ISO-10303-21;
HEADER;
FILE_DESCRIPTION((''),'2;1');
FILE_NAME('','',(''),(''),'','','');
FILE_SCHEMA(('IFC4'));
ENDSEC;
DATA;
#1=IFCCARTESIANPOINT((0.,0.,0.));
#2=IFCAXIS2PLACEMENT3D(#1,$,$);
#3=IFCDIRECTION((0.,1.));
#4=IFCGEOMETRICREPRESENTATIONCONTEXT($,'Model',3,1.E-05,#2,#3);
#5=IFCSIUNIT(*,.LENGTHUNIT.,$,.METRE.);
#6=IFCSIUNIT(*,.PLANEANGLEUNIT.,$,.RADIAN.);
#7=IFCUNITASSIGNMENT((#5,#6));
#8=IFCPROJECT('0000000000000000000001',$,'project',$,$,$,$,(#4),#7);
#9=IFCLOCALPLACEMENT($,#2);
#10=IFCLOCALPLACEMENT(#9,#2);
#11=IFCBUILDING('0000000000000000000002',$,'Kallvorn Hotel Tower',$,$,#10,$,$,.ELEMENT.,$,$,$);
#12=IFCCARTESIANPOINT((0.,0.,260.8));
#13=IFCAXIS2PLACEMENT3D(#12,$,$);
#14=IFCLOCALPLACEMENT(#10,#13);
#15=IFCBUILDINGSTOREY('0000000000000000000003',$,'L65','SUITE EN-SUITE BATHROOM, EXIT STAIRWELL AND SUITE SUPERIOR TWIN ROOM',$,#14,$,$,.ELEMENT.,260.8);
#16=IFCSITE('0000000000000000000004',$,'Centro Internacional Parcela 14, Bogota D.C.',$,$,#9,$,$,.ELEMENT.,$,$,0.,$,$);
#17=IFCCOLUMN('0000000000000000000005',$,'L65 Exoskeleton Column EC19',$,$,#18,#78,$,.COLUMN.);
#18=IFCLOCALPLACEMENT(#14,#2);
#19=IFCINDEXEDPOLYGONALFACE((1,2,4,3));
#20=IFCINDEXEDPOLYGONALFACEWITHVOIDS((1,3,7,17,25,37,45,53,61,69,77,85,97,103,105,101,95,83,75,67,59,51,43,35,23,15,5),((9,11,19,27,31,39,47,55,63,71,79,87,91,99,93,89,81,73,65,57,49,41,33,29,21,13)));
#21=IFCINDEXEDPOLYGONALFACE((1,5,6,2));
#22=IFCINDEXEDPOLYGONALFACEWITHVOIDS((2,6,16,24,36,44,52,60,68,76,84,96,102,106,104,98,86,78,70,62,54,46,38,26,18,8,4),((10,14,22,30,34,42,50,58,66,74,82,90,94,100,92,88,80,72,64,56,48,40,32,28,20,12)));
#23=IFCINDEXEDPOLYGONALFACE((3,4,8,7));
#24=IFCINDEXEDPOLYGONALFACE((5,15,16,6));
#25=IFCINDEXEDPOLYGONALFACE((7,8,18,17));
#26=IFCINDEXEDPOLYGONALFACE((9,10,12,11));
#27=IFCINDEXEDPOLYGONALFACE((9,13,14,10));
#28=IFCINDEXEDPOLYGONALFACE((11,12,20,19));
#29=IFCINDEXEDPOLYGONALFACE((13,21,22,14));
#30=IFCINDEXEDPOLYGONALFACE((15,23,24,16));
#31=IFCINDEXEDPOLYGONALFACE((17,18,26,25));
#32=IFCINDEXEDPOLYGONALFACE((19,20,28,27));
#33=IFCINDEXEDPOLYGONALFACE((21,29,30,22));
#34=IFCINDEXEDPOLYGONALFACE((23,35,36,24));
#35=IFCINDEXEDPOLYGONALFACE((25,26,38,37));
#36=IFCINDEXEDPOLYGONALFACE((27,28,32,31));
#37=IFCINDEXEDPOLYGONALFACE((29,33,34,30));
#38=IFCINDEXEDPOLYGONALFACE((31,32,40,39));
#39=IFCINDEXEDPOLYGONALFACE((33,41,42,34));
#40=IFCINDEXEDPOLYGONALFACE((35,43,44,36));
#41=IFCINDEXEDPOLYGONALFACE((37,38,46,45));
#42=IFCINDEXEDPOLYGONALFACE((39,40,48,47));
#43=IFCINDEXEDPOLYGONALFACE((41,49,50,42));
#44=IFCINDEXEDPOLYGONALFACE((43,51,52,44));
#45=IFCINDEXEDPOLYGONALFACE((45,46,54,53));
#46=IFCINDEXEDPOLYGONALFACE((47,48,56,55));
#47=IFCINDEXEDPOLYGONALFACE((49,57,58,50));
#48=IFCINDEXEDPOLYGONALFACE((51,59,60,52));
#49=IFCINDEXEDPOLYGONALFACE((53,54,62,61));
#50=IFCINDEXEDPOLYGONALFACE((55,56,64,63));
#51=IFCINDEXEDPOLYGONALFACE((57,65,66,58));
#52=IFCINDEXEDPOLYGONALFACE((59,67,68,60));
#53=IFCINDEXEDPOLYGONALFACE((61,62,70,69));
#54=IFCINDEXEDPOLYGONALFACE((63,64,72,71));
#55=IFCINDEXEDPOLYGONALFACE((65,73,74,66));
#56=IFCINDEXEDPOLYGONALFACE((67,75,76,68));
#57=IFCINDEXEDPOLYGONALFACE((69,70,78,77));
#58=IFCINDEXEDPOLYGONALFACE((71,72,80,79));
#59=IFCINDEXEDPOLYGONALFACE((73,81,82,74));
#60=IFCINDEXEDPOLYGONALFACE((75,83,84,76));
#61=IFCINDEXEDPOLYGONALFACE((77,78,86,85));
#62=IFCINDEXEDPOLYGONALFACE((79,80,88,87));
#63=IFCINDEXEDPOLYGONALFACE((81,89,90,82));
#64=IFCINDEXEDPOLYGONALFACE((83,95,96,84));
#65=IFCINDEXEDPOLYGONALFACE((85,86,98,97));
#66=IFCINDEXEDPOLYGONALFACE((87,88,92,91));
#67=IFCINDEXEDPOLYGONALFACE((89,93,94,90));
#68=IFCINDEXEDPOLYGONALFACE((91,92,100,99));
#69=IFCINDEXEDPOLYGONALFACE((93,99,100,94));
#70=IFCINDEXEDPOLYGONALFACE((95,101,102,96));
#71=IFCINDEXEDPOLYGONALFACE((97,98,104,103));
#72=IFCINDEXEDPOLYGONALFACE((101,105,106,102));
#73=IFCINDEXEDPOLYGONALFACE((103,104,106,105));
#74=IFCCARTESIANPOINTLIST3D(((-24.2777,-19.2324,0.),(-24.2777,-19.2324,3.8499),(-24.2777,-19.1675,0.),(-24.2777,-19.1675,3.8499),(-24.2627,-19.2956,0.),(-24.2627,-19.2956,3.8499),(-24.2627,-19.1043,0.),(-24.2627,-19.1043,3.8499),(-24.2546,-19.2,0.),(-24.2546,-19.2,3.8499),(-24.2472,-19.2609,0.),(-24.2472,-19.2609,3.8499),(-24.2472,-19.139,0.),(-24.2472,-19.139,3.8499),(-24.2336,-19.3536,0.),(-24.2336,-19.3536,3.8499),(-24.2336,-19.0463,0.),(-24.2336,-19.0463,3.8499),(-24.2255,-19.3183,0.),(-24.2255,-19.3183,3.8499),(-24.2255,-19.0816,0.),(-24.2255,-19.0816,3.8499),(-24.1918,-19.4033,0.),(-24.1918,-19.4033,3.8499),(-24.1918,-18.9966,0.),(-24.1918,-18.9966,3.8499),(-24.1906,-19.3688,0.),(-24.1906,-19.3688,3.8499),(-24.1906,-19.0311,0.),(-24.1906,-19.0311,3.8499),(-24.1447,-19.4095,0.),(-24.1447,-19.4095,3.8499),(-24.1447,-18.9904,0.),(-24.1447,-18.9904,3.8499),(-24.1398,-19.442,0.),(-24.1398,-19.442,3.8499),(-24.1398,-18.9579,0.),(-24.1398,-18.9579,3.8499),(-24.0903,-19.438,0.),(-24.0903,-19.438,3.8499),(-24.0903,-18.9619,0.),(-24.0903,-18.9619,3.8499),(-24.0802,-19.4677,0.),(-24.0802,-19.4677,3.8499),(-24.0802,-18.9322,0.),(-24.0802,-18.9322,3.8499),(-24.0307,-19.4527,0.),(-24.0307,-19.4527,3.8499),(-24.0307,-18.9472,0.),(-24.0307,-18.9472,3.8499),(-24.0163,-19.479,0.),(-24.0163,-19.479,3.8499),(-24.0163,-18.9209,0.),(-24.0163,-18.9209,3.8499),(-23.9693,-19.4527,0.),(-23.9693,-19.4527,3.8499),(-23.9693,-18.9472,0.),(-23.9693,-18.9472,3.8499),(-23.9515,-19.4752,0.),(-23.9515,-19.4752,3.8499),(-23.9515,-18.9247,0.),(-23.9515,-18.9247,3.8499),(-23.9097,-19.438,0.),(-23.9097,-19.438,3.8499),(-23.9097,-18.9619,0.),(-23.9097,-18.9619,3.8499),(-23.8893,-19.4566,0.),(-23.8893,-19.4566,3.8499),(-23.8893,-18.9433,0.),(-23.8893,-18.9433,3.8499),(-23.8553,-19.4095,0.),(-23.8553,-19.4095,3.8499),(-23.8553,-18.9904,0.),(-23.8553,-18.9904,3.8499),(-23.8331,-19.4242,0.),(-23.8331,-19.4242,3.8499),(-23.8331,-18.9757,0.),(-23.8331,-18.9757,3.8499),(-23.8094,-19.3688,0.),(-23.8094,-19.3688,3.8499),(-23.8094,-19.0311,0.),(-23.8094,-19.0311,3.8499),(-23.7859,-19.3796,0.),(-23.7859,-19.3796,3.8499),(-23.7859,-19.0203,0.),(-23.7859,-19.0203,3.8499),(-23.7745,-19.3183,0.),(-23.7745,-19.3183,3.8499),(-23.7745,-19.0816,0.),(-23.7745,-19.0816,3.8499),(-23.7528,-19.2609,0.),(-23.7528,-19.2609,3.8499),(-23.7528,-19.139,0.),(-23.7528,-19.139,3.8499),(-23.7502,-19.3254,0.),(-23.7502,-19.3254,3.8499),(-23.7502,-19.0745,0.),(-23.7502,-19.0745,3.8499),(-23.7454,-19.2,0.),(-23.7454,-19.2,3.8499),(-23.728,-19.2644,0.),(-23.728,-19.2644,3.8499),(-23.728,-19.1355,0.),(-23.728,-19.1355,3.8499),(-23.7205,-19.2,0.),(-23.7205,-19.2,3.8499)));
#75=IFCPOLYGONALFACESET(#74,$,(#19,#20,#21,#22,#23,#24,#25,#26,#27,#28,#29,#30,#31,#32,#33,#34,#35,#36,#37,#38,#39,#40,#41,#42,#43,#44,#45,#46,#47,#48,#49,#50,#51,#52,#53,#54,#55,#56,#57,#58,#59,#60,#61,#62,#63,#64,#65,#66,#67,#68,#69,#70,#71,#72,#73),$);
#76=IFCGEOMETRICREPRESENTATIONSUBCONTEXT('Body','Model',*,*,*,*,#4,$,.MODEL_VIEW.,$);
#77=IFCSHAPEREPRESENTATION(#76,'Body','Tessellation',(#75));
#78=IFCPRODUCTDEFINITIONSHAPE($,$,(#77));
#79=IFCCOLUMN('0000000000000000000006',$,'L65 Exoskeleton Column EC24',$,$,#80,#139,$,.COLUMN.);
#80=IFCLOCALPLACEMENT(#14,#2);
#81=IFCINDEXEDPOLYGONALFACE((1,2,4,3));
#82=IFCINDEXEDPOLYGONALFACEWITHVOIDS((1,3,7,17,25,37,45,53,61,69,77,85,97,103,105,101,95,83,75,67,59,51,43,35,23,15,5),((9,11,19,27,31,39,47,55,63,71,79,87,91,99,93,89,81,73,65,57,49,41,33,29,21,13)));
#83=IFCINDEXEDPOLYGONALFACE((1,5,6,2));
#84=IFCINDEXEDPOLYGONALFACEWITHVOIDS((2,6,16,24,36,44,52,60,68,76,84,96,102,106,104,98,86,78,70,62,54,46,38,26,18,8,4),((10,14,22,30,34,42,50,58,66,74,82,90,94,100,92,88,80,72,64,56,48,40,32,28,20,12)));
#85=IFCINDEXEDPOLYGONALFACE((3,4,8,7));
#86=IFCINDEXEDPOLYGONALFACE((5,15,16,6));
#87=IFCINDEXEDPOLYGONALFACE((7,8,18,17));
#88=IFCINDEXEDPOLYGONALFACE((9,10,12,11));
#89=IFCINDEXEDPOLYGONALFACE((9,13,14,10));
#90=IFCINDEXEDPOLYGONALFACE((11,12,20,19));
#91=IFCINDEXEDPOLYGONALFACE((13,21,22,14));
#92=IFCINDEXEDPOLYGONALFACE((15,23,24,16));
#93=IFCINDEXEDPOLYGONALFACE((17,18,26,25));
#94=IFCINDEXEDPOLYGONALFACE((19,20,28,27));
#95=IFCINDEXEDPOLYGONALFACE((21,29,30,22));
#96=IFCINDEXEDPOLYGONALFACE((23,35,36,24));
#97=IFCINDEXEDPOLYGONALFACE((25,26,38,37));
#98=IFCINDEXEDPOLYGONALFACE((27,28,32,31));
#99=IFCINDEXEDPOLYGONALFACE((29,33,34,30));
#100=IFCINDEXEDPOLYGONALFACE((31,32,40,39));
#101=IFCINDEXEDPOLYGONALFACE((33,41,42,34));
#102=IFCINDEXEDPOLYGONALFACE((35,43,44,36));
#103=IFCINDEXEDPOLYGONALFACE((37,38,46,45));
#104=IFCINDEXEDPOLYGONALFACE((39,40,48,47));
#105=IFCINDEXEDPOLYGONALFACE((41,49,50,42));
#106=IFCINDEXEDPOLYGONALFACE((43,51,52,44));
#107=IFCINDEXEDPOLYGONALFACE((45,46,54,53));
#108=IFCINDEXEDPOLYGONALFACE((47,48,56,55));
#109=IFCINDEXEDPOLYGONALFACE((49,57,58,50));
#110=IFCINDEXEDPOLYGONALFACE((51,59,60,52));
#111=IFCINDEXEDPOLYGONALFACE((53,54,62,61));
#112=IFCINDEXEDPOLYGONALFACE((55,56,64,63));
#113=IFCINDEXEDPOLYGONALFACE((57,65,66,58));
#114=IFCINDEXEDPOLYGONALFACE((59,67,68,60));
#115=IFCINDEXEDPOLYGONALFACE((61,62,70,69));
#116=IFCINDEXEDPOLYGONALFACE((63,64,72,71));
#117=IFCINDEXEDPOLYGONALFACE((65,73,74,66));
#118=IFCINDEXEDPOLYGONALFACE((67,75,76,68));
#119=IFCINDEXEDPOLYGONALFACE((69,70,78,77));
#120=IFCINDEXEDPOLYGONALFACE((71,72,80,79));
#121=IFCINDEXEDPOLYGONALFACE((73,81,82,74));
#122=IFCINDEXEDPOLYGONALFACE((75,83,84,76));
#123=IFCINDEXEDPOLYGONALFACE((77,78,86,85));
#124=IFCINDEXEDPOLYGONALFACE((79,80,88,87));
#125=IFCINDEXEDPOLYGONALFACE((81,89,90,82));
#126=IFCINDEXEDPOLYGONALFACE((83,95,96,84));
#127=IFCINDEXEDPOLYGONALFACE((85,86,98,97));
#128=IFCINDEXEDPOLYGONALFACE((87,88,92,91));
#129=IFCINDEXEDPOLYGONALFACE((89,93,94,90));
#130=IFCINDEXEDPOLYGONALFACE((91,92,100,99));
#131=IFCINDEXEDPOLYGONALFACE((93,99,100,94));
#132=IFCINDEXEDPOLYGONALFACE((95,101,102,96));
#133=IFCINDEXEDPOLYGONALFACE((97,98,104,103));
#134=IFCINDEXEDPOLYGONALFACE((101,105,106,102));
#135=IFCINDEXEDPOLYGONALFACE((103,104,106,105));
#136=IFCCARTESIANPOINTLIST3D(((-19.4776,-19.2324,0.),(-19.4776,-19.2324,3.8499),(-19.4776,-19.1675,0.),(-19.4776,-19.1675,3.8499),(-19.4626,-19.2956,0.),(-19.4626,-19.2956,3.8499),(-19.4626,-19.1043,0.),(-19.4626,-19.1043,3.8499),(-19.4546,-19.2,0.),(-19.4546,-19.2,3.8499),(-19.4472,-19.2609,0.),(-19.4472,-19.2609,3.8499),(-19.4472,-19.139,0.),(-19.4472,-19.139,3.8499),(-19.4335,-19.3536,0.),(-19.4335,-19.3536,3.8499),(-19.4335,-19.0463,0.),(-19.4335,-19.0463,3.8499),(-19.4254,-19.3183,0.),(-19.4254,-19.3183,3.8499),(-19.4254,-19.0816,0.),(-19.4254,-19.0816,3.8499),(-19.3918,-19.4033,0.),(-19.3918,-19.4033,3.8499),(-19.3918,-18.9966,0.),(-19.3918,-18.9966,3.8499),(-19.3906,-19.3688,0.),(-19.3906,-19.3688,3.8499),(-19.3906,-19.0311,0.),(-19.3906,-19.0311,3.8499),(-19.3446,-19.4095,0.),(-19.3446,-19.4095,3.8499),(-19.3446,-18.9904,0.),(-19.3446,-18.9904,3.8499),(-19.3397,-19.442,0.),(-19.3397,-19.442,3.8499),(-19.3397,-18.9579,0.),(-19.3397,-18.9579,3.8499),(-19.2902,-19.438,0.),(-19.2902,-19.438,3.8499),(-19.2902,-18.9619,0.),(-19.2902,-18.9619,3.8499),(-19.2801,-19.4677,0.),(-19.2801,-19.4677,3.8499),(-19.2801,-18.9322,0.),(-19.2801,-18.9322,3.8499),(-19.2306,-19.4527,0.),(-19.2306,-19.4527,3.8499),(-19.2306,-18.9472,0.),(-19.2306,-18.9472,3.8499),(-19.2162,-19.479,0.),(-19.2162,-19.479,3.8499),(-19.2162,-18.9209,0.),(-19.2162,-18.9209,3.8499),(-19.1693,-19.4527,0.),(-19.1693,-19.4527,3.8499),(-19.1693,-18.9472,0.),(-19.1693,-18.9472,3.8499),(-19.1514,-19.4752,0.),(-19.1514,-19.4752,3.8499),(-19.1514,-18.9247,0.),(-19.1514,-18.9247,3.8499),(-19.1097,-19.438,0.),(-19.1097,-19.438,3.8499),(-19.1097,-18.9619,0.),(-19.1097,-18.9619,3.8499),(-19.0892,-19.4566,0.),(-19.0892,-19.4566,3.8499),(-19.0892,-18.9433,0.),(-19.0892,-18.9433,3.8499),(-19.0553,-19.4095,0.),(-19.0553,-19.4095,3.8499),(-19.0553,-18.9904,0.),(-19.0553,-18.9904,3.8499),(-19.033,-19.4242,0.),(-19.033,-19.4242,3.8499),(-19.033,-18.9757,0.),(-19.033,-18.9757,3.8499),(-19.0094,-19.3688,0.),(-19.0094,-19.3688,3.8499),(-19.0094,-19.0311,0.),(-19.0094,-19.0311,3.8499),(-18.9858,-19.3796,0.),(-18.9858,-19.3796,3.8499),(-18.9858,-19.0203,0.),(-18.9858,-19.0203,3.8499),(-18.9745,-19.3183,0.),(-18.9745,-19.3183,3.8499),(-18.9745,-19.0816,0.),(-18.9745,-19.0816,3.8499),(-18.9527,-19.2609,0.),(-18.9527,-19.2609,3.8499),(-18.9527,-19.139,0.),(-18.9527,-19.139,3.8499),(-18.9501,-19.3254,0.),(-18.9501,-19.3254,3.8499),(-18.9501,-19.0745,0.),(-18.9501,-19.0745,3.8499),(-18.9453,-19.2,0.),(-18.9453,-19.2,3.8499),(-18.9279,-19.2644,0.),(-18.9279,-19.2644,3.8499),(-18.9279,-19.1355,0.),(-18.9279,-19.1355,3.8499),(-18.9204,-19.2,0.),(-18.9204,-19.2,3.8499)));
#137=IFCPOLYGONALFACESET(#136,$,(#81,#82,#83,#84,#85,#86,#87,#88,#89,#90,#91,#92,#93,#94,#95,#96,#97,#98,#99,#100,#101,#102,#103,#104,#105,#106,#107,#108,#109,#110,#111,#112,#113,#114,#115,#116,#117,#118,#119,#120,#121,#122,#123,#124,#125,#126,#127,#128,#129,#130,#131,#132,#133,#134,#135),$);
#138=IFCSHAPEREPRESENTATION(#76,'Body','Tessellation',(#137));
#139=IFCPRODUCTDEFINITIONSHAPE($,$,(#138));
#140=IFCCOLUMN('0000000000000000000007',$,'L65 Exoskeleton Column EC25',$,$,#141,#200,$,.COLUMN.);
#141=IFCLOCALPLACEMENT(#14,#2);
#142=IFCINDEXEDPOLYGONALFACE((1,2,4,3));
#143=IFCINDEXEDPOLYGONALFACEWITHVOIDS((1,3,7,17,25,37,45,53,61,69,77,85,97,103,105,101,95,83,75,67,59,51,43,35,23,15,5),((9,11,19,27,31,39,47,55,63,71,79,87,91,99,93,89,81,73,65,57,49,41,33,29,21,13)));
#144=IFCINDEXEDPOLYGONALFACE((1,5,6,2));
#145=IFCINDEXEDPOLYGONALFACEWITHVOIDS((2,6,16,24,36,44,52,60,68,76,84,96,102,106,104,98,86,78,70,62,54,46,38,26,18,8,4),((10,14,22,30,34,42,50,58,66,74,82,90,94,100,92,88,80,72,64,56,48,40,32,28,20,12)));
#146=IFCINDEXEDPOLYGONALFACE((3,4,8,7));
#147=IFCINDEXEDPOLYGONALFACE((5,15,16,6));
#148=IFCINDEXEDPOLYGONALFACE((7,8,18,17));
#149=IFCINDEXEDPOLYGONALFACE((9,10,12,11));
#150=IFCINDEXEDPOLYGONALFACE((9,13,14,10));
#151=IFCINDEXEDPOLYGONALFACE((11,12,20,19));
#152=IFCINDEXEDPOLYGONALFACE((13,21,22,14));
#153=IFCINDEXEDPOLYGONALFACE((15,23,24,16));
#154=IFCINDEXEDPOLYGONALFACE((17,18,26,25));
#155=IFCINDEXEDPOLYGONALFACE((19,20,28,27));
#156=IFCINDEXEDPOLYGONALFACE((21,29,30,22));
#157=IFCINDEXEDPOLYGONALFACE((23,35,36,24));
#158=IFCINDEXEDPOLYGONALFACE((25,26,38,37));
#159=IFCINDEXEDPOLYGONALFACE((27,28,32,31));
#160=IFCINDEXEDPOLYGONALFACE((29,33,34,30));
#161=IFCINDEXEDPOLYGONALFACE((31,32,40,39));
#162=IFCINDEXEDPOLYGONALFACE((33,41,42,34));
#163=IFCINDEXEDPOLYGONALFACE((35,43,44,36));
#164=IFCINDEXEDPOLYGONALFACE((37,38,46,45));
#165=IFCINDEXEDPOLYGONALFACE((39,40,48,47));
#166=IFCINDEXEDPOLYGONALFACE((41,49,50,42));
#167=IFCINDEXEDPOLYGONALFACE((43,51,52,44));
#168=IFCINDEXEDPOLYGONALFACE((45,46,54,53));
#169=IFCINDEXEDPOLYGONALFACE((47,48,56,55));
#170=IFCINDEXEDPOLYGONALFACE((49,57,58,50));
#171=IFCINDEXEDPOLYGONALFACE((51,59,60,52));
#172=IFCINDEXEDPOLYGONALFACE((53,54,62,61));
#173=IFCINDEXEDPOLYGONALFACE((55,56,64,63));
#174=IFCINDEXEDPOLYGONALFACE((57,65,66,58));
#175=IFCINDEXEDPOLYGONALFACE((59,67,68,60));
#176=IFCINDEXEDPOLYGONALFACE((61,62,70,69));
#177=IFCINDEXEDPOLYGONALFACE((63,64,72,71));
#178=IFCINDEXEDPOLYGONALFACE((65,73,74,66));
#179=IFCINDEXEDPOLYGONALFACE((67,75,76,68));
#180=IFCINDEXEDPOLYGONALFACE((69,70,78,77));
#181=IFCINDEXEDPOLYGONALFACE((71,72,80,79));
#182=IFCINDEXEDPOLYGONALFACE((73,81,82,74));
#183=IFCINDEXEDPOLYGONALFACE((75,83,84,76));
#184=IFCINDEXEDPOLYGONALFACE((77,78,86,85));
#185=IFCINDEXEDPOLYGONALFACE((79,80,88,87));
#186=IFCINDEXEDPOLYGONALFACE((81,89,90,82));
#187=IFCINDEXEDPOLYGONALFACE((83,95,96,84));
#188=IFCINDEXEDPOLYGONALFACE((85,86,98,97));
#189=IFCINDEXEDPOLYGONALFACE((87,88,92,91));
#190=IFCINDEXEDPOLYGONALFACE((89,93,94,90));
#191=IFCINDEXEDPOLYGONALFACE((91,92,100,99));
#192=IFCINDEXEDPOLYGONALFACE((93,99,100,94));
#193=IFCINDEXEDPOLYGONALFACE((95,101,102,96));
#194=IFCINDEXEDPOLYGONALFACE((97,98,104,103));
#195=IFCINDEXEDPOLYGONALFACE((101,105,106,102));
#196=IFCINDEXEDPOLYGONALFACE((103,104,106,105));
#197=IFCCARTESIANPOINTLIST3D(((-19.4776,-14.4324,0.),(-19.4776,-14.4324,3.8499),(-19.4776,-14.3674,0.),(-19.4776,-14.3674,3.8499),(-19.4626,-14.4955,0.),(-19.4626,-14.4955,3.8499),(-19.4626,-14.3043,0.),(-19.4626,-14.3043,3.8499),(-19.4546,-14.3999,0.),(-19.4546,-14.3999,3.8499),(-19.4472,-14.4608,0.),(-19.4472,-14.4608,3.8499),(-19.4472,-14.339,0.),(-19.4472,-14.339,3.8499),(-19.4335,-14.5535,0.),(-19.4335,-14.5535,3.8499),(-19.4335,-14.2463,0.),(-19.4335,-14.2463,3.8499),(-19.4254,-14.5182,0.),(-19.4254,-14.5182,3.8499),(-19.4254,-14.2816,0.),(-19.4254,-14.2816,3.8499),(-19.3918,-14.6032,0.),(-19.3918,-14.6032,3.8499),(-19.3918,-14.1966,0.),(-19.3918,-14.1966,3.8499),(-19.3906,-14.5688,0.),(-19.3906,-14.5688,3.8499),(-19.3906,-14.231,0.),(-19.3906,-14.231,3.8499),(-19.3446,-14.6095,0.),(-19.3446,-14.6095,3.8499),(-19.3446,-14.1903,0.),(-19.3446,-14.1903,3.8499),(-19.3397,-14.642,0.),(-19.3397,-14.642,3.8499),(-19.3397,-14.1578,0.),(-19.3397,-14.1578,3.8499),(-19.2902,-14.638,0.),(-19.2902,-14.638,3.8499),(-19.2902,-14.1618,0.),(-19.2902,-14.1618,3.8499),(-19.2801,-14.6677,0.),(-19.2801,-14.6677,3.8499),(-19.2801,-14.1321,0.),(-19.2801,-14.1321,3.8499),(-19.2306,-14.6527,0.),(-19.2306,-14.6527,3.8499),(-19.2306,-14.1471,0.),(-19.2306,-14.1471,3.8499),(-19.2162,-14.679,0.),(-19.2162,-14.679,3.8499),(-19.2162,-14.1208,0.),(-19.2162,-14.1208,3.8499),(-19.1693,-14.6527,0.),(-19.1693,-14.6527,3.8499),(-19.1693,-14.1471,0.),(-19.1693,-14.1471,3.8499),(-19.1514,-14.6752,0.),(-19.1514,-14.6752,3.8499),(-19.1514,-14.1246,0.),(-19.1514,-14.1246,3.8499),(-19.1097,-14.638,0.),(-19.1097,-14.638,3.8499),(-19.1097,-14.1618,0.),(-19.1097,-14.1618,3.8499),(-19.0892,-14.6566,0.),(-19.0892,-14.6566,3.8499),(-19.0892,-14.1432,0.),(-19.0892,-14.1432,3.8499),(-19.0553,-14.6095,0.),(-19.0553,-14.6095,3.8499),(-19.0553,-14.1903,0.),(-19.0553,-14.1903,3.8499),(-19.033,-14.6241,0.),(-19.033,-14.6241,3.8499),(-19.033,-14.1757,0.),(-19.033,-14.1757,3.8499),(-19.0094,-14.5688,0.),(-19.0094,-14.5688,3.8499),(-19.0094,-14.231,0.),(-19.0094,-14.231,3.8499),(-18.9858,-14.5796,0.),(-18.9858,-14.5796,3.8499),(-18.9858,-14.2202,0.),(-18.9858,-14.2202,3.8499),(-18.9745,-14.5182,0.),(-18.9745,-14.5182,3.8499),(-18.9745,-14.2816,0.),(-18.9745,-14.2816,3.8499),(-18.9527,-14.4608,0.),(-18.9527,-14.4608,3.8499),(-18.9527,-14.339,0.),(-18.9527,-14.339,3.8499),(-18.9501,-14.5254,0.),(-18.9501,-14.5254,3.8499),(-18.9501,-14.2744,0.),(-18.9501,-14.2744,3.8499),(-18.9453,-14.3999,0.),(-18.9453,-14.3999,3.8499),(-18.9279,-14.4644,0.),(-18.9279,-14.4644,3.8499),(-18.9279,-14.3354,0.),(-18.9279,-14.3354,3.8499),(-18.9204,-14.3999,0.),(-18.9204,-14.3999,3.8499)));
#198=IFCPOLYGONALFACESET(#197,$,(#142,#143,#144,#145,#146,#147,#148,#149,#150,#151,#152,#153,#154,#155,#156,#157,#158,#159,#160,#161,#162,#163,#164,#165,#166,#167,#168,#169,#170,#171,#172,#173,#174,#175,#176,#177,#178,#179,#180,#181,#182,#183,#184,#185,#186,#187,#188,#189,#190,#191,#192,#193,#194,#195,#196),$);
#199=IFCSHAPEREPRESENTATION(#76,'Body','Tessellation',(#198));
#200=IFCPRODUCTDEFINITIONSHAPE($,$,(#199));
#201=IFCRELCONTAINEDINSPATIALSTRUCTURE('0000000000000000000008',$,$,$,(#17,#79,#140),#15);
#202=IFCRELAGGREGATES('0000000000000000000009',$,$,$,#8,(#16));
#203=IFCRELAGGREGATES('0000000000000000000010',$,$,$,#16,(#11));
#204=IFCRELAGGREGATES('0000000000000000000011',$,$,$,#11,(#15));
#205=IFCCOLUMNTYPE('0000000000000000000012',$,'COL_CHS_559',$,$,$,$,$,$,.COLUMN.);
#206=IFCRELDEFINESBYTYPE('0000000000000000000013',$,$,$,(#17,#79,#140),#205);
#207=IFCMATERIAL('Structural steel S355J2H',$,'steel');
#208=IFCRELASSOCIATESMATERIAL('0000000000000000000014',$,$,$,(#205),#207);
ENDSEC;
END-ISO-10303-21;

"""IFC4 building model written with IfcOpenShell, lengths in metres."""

from ifc_helpers import new_model, si_unit, direction, frame, origin, origin_2d, place, context, subcontext, project, spatial, hollow_circle, extrude, material, material_profile, profile_set, type_object, element, save


model = new_model("IFC4")

# Units and contexts
model_context = context("Model", 3, precision=1e-05, world=origin(), true_north=direction((0.0, 1.0)))
body_context = subcontext(model_context, "Body", "Model", "MODEL_VIEW")
ifc_project = project(units=[si_unit("LENGTHUNIT", "METRE"), si_unit("PLANEANGLEUNIT", "RADIAN")], contexts=[model_context])

# Site, building, storey
site_placement = place(None, origin())
site = spatial("IfcSite", under=ifc_project, at=site_placement, Name="Centro Internacional Parcela 14, Bogota D.C.", CompositionType="ELEMENT", RefElevation=0.0)
building_placement = place(site_placement, origin())
building = spatial("IfcBuilding", under=site, at=building_placement, Name="Kallvorn Hotel Tower", CompositionType="ELEMENT")
storey_placement = place(building_placement, frame((0.0, 0.0, 260.8)))
storey = spatial("IfcBuildingStorey", under=building, at=storey_placement, Name="L65", Description="SUITE EN-SUITE BATHROOM, EXIT STAIRWELL AND SUITE SUPERIOR TWIN ROOM", CompositionType="ELEMENT", Elevation=260.8)

# Columns
ifc_material_1 = material(Name="Structural steel S355J2H", Category="steel")
ifc_material_profile_1 = material_profile(ifc_material_1, hollow_circle(Radius=0.2795, WallThickness=0.0249, at=origin_2d()), Name="CHS 559x25")
ifc_profile_set_1 = profile_set([ifc_material_profile_1], Name="Structural steel S355J2H")
column_type_1 = type_object("IfcColumnType", Name="COL_CHS_559", PredefinedType="COLUMN", material=ifc_profile_set_1)
for number, where, z_axis, x_axis, name in (
    (1, (-24.0, -19.2, 0.0), (0.0, 0.0, 1.0), (1.0, 0.0, 0.0), "L65 Exoskeleton Column EC19"),
    (2, (-19.2, -19.2, 0.0), (0.0, 0.0, 1.0), (1.0, 0.0, 0.0), "L65 Exoskeleton Column EC24"),
    (3, (-19.2, -14.3999, 0.0), (0.0, 0.0, 1.0), (1.0, 0.0, 0.0), "L65 Exoskeleton Column EC25"),
):
    element("IfcColumn", number, at=place(storey_placement, frame(where, z_axis=z_axis, x_axis=x_axis)), inside=storey, type_object=column_type_1, Name=name, PredefinedType="COLUMN", context=body_context, shape_type="SweptSolid", body=[
        extrude(hollow_circle(Radius=0.2795, WallThickness=0.0249, at=origin_2d()), origin(), (0.0, 0.0, 1.0), 3.8499),
    ])

save(model, "model.ifc")
